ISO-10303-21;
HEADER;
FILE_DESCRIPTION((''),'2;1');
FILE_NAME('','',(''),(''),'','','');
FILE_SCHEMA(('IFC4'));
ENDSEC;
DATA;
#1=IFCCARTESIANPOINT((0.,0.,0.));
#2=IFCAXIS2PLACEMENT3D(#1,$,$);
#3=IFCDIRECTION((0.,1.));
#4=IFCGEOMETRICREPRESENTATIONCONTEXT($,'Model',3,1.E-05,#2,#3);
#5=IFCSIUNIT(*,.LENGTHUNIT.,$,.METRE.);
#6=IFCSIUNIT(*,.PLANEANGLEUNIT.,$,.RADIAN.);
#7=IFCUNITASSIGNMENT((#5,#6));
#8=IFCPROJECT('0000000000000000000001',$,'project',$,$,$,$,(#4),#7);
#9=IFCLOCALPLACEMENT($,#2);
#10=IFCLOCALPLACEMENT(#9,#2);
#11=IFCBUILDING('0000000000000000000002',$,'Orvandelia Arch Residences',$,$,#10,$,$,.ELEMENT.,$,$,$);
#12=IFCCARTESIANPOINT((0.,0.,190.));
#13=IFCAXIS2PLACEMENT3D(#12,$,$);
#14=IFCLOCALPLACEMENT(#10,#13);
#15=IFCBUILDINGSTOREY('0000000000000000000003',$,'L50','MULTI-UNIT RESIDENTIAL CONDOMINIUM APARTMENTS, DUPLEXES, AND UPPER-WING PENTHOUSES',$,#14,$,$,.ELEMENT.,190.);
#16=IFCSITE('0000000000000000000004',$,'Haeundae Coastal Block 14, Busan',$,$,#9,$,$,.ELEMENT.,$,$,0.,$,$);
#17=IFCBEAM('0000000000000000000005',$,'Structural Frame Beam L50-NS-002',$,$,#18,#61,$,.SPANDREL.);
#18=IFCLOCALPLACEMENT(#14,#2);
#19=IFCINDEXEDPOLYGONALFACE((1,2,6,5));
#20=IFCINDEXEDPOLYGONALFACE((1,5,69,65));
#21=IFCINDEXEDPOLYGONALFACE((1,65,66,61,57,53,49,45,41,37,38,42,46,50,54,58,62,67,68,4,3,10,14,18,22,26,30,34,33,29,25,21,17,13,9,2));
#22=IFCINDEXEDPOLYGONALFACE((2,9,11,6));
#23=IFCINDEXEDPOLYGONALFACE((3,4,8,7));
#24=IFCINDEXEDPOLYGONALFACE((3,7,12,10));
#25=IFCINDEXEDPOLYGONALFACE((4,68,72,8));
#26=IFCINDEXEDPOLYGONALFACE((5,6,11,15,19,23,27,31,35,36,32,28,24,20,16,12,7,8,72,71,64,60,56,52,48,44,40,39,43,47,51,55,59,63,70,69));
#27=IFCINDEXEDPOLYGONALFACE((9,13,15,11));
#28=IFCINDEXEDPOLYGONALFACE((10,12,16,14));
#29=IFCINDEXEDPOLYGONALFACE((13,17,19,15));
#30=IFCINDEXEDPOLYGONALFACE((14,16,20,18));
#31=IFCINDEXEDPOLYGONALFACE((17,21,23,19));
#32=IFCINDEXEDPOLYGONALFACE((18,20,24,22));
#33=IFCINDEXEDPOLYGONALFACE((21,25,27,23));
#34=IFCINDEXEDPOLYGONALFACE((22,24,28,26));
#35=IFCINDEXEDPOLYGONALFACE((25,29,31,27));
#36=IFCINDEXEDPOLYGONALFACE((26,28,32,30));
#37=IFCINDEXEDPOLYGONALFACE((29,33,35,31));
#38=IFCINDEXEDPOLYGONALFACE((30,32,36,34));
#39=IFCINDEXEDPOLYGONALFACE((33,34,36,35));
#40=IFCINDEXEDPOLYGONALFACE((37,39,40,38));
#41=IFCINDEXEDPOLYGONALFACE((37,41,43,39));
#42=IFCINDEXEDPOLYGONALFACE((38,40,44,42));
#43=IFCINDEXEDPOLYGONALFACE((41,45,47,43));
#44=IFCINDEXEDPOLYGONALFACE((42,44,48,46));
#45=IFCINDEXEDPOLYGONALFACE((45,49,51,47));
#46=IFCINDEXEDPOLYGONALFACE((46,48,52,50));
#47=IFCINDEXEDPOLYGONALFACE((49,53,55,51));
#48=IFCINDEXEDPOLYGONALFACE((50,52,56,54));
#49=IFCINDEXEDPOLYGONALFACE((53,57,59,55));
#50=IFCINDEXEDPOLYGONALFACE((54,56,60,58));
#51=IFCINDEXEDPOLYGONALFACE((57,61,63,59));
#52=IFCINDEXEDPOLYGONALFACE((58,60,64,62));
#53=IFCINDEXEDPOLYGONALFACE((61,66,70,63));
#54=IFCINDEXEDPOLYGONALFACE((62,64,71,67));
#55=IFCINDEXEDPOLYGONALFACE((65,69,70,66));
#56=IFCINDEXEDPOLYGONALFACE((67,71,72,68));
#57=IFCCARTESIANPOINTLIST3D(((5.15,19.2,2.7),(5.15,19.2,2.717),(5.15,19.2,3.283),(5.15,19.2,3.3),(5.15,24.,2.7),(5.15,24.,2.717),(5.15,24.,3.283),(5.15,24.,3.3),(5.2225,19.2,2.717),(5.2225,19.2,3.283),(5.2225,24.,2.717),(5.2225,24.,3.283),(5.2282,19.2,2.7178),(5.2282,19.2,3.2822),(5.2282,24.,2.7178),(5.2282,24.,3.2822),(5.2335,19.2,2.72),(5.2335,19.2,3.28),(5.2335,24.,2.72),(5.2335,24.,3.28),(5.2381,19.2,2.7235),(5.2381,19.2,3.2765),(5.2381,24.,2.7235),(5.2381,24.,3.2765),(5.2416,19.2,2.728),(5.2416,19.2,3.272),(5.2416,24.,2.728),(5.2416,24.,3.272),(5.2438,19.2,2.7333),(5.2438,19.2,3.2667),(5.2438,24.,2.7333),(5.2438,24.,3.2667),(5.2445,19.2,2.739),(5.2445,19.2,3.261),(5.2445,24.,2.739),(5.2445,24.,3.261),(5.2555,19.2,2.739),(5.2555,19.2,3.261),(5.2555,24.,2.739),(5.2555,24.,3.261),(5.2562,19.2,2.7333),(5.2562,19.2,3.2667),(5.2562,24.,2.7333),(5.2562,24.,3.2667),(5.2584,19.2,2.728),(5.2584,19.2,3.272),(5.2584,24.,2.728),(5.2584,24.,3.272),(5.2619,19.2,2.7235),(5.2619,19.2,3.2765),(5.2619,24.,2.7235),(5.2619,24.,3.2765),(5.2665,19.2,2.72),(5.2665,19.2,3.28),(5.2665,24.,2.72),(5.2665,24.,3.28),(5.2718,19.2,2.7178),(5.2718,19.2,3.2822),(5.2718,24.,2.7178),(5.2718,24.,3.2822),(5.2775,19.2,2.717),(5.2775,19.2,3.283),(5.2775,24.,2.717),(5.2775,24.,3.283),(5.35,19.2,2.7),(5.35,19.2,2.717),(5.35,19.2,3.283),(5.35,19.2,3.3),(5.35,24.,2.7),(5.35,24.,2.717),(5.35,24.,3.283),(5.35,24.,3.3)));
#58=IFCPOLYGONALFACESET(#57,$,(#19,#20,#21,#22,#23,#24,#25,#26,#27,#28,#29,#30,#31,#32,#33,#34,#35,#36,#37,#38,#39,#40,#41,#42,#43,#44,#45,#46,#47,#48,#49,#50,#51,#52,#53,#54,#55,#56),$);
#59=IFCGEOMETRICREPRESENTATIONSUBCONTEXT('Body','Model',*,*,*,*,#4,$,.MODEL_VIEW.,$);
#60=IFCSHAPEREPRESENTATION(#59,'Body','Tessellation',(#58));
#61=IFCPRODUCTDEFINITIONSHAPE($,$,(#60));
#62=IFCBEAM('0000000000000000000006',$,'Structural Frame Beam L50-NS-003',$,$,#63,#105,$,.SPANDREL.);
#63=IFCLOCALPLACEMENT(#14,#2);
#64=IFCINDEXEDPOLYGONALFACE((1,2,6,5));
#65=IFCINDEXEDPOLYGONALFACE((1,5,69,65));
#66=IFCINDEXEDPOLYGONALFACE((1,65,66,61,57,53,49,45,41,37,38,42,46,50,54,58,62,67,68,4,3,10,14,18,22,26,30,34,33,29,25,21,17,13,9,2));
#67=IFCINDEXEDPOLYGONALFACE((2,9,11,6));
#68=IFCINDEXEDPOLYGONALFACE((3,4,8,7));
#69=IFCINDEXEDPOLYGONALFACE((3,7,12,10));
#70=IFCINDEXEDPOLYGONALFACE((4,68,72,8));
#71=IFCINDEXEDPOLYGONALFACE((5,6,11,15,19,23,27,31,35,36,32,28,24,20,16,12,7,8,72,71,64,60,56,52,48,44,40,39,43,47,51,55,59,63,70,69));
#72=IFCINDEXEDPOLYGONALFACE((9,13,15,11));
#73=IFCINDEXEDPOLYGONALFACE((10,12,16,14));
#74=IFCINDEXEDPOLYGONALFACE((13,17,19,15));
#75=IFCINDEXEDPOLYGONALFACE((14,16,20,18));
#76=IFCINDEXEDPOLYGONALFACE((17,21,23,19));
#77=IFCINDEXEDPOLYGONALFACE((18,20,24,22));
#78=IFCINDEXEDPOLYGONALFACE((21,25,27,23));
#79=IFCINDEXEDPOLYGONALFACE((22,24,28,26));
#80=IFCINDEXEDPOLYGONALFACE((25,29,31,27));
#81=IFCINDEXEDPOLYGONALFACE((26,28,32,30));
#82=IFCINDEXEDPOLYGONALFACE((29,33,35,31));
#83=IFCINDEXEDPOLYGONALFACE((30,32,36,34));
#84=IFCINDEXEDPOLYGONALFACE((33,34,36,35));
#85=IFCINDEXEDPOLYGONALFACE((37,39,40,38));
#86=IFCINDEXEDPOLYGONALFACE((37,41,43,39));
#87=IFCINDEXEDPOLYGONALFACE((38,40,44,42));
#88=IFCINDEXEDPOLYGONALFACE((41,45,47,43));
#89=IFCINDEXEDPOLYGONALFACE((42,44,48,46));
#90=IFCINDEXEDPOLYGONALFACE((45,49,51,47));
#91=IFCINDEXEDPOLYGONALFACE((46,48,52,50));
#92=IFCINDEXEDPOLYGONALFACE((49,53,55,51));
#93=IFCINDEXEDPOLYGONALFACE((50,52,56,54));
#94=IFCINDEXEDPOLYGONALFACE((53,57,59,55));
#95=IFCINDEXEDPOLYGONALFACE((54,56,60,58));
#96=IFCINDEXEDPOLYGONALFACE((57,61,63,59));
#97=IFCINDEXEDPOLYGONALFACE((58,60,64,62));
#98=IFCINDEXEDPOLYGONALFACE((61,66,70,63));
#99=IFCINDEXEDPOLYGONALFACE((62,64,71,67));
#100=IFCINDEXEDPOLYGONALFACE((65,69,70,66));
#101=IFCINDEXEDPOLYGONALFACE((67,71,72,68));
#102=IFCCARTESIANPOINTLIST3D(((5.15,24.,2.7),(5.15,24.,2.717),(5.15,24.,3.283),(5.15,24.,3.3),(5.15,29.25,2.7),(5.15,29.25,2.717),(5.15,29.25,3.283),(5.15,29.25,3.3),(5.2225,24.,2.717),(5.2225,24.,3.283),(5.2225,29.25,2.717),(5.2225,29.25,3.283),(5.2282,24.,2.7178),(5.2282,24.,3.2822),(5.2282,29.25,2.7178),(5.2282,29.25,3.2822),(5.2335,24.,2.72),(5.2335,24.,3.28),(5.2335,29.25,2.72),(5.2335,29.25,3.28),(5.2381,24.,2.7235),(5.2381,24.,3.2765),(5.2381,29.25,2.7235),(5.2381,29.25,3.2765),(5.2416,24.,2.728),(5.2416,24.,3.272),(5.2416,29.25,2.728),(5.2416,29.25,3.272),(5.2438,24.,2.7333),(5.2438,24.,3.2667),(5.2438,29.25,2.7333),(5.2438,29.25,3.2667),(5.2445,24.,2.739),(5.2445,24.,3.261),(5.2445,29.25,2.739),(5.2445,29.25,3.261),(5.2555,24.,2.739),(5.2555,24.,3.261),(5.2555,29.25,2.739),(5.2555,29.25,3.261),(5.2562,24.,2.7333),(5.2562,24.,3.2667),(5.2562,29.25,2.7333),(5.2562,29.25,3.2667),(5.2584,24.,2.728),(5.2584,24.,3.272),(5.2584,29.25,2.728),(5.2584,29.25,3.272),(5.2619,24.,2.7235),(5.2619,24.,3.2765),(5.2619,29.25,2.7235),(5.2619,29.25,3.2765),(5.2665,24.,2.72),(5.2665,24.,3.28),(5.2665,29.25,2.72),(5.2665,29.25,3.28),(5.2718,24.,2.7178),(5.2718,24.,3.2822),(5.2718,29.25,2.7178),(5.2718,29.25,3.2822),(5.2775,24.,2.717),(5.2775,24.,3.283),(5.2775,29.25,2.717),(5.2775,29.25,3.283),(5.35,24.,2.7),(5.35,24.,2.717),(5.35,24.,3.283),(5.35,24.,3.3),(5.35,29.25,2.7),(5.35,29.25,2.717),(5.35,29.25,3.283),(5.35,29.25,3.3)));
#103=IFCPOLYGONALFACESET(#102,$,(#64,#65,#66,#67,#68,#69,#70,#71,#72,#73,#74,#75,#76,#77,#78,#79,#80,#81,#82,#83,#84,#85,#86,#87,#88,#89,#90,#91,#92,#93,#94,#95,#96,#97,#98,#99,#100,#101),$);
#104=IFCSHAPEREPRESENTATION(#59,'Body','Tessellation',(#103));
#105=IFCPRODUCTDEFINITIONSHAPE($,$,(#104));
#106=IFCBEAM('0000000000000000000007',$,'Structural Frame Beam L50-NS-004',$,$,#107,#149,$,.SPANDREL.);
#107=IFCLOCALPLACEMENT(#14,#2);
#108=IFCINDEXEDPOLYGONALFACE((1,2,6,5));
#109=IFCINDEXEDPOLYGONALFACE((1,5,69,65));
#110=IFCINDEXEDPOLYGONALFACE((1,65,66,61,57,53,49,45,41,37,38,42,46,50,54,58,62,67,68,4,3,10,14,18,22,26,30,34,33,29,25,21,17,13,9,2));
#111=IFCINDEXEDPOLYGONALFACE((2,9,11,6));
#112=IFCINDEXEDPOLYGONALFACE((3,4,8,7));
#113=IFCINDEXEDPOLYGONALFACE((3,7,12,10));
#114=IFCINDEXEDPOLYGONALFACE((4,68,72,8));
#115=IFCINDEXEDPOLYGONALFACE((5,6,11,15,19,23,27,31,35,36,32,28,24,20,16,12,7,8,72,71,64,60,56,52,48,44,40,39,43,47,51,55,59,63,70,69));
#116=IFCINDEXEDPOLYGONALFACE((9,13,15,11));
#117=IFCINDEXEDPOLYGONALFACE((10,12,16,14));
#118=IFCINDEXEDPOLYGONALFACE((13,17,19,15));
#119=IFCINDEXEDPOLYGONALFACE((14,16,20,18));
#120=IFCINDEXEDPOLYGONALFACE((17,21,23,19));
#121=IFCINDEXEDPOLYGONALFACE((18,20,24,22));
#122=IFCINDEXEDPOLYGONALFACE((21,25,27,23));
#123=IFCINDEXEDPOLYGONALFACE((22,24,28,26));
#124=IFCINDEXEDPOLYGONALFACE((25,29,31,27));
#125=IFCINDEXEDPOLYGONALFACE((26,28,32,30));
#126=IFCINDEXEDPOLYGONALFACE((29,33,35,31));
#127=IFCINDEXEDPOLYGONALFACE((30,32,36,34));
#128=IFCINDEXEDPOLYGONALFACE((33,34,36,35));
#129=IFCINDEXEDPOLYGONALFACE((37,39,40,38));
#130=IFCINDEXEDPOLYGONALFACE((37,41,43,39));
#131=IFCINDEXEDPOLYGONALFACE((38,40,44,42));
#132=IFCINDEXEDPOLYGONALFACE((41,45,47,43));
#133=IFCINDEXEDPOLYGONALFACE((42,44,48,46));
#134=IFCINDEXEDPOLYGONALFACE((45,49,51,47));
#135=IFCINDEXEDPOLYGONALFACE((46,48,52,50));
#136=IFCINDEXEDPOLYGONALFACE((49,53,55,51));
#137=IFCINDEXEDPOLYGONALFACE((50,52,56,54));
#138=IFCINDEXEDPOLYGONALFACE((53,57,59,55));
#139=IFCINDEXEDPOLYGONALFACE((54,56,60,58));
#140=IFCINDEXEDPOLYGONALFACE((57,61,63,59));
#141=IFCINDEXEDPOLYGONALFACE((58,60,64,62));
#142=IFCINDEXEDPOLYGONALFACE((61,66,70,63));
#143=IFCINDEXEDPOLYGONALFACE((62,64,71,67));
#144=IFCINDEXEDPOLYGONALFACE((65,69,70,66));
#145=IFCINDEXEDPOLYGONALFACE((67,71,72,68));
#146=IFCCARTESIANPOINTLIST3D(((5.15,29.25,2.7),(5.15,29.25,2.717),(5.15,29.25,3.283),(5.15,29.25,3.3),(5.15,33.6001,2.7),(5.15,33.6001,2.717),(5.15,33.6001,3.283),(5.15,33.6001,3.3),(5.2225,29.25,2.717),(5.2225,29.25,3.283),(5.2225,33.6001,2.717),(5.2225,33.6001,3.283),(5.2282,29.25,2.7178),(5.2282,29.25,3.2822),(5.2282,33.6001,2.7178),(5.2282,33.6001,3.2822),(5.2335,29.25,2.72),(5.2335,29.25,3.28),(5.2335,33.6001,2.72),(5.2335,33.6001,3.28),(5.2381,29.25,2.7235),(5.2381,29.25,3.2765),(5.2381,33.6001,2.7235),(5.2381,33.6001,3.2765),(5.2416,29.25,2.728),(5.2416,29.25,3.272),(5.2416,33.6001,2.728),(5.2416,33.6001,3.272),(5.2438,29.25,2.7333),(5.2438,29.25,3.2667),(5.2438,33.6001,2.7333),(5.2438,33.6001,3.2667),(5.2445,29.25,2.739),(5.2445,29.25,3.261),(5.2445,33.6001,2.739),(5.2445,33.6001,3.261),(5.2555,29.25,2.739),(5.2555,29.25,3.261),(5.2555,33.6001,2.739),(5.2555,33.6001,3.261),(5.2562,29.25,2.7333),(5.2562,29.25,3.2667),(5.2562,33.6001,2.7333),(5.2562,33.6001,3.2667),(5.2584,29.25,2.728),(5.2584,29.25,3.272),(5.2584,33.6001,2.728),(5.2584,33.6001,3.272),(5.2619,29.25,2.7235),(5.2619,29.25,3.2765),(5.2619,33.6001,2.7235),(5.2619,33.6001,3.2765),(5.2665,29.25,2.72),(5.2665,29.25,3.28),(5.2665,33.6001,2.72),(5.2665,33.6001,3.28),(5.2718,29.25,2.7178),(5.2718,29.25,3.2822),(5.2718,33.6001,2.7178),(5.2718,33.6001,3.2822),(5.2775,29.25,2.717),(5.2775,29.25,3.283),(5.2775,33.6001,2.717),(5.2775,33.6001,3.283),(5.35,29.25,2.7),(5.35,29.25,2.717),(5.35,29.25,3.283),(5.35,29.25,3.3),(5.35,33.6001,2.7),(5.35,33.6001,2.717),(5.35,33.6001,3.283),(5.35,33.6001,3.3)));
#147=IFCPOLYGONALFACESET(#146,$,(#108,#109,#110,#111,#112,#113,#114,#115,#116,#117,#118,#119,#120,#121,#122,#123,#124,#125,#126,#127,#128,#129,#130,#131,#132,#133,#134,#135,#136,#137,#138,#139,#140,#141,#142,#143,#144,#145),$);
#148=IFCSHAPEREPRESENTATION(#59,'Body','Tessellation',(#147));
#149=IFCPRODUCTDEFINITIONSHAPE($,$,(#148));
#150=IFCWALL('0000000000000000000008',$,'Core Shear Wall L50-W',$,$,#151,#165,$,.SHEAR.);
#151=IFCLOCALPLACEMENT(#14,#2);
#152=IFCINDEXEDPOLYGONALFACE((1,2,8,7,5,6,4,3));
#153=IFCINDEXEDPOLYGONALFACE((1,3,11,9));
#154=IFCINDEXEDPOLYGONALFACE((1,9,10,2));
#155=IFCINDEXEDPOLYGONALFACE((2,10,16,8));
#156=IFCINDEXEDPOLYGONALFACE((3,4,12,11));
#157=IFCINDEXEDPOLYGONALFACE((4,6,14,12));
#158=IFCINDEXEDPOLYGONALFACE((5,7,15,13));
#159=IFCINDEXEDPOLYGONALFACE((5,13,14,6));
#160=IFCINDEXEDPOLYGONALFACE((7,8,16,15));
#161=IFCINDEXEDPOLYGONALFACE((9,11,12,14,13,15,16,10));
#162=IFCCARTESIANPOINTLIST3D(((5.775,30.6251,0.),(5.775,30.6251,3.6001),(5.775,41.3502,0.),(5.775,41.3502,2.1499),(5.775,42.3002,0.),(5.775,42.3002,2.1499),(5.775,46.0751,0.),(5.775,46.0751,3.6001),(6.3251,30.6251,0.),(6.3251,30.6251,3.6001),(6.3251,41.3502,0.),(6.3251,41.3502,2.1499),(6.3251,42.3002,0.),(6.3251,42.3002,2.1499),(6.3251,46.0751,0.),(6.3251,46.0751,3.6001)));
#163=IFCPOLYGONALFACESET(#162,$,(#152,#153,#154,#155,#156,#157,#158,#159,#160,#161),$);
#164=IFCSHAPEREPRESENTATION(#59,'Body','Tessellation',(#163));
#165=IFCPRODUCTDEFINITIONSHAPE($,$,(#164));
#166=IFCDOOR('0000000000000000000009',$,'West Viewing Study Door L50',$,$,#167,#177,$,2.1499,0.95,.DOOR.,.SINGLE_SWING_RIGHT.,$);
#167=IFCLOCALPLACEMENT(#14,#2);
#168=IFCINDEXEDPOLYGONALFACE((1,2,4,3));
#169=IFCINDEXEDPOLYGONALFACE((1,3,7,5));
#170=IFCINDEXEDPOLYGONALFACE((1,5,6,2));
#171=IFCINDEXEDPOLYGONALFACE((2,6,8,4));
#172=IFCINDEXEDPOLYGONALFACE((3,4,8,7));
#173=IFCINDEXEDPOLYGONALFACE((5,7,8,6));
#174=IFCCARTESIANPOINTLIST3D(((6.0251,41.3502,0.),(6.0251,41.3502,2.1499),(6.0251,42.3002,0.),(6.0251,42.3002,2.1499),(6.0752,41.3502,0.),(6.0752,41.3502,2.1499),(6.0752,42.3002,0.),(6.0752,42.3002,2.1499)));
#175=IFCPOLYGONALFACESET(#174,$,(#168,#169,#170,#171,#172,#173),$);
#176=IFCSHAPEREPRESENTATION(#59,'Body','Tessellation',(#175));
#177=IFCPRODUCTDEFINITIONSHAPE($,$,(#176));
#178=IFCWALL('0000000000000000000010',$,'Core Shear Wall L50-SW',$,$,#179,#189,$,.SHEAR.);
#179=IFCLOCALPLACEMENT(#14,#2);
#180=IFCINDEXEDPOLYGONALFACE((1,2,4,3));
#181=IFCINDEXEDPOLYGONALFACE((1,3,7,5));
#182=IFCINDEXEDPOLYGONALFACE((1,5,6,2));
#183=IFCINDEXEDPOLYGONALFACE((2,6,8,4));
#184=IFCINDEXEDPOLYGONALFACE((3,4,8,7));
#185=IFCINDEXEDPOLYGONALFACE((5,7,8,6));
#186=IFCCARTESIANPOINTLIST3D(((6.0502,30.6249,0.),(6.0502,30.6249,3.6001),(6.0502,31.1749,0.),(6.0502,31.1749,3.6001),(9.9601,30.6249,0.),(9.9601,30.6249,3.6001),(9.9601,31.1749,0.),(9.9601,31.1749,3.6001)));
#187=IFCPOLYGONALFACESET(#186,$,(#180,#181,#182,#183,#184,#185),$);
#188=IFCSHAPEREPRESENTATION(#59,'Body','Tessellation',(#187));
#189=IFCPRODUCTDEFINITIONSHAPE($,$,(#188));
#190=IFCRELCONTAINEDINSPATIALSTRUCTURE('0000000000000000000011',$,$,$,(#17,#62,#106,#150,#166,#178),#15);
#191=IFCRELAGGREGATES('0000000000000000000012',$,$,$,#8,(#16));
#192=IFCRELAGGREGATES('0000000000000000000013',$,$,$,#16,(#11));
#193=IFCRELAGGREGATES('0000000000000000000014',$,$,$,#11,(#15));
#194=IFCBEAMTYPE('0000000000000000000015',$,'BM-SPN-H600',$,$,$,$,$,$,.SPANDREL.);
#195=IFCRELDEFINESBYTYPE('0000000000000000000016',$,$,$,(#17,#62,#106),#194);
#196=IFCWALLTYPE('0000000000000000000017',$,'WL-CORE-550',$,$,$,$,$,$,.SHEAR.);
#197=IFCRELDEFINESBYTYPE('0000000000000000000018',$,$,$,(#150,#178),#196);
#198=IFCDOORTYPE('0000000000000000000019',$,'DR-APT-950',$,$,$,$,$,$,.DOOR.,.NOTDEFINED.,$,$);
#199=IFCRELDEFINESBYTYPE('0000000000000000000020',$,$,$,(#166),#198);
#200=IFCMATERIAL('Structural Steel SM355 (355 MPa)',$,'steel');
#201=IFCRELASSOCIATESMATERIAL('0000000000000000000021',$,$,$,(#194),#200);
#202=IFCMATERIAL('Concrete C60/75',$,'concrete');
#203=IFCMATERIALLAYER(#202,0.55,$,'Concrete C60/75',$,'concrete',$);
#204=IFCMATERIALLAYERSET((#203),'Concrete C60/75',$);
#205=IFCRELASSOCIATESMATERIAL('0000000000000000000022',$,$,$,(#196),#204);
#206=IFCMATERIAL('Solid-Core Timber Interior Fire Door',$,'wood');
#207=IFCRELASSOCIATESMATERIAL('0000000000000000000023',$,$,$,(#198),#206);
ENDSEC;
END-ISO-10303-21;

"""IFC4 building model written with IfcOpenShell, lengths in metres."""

from ifc_helpers import new_model, si_unit, direction, frame, frame_2d, origin, origin_2d, place, context, subcontext, project, spatial, rectangle, i_section, extrude, material, layer, layer_set, material_profile, profile_set, type_object, element, fill, save


model = new_model("IFC4")

# Units and contexts
model_context = context("Model", 3, precision=1e-05, world=origin(), true_north=direction((0.0, 1.0)))
body_context = subcontext(model_context, "Body", "Model", "MODEL_VIEW")
ifc_project = project(units=[si_unit("LENGTHUNIT", "METRE"), si_unit("PLANEANGLEUNIT", "RADIAN")], contexts=[model_context])

# Site, building, storey
site_placement = place(None, origin())
site = spatial("IfcSite", under=ifc_project, at=site_placement, Name="Haeundae Coastal Block 14, Busan", CompositionType="ELEMENT", RefElevation=0.0)
building_placement = place(site_placement, origin())
building = spatial("IfcBuilding", under=site, at=building_placement, Name="Orvandelia Arch Residences", CompositionType="ELEMENT")
storey_placement = place(building_placement, frame((0.0, 0.0, 190.0)))
storey = spatial("IfcBuildingStorey", under=building, at=storey_placement, Name="L50", Description="MULTI-UNIT RESIDENTIAL CONDOMINIUM APARTMENTS, DUPLEXES, AND UPPER-WING PENTHOUSES", CompositionType="ELEMENT", Elevation=190.0)

# Shared definitions
ifc_material_1 = material(Name="Concrete C60/75", Category="concrete")

# Beams
ifc_material_2 = material(Name="Structural Steel SM355 (355 MPa)", Category="steel")
ifc_material_profile_1 = material_profile(ifc_material_2, i_section(OverallWidth=0.2, OverallDepth=0.6001, WebThickness=0.011, FlangeThickness=0.0171, FilletRadius=0.022, at=origin_2d()), Name="Structural Steel SM355 (355 MPa)", Category="steel")
ifc_profile_set_1 = profile_set([ifc_material_profile_1], Name="Structural Steel SM355 (355 MPa)")
beam_type_1 = type_object("IfcBeamType", Name="BM-SPN-H600", PredefinedType="SPANDREL", material=ifc_profile_set_1)
beam_1_placement = place(storey_placement, frame((5.25, 19.2, 3.0), z_axis=(0.0, 1.0, 0.0), x_axis=(-1.0, 0.0, 0.0)))
element("IfcBeam", 1, at=beam_1_placement, inside=storey, type_object=beam_type_1, Name="Structural Frame Beam L50-NS-002", PredefinedType="SPANDREL", context=body_context, shape_type="SweptSolid", body=[
    extrude(i_section(OverallWidth=0.2, OverallDepth=0.6001, WebThickness=0.011, FlangeThickness=0.0171, FilletRadius=0.022, at=origin_2d()), origin(), (0.0, 0.0, 1.0), 4.8),
])
beam_2_placement = place(storey_placement, frame((5.25, 24.0, 3.0), z_axis=(0.0, 1.0, 0.0), x_axis=(-1.0, 0.0, 0.0)))
element("IfcBeam", 2, at=beam_2_placement, inside=storey, type_object=beam_type_1, Name="Structural Frame Beam L50-NS-003", PredefinedType="SPANDREL", context=body_context, shape_type="SweptSolid", body=[
    extrude(i_section(OverallWidth=0.2, OverallDepth=0.6001, WebThickness=0.011, FlangeThickness=0.0171, FilletRadius=0.022, at=origin_2d()), origin(), (0.0, 0.0, 1.0), 5.25),
])
beam_3_placement = place(storey_placement, frame((5.25, 29.25, 3.0), z_axis=(0.0, 1.0, 0.0), x_axis=(-1.0, 0.0, 0.0)))
element("IfcBeam", 3, at=beam_3_placement, inside=storey, type_object=beam_type_1, Name="Structural Frame Beam L50-NS-004", PredefinedType="SPANDREL", context=body_context, shape_type="SweptSolid", body=[
    extrude(i_section(OverallWidth=0.2, OverallDepth=0.6001, WebThickness=0.011, FlangeThickness=0.0171, FilletRadius=0.022, at=origin_2d()), origin(), (0.0, 0.0, 1.0), 4.3501),
])

# Wall, opening, door
ifc_layer_1 = layer(ifc_material_1, 0.55, Name="Concrete C60/75", Category="concrete")
ifc_layer_set_1 = layer_set([ifc_layer_1], Name="Concrete C60/75")
wall_type_1 = type_object("IfcWallType", Name="WL-CORE-550", PredefinedType="SHEAR", material=ifc_layer_set_1)
wall_1_placement = place(storey_placement, frame((6.05, 30.625, 0.0), z_axis=(0.0, 0.0, 1.0), x_axis=(0.0, 1.0, 0.0)))
wall_1 = element("IfcWall", 4, at=wall_1_placement, inside=storey, type_object=wall_type_1, Name="Core Shear Wall L50-W", PredefinedType="SHEAR", context=body_context, shape_type="SweptSolid", body=[
    extrude(rectangle(XDim=15.45, YDim=0.55, at=frame_2d((7.7251, 0.0))), origin(), (0.0, 0.0, 1.0), 3.6001),
])
opening_placement = place(wall_1_placement, frame((10.7251, 0.0, 0.0)))
opening = element("IfcOpeningElement", 5, at=opening_placement, cuts=wall_1, PredefinedType="OPENING", context=body_context, shape_type="SweptSolid", body=[
    extrude(rectangle(XDim=0.95, YDim=2.1499, at=frame_2d((0.4751, 1.075))), frame((0.0, 0.2852, 0.0), z_axis=(0.0, -1.0, 0.0), x_axis=(1.0, 0.0, 0.0)), (0.0, 0.0, 1.0), 0.5701),
])
ifc_material_3 = material(Name="Solid-Core Timber Interior Fire Door", Category="wood")
door_type = type_object("IfcDoorType", Name="DR-APT-950", OperationType="NOTDEFINED", PredefinedType="DOOR", material=ifc_material_3)
door_placement = place(opening_placement, origin())
door = element("IfcDoor", 6, at=door_placement, inside=storey, type_object=door_type, Name="West Viewing Study Door L50", OperationType="SINGLE_SWING_RIGHT", OverallHeight=2.1499, OverallWidth=0.95, PredefinedType="DOOR", context=body_context, shape_type="SweptSolid", body=[
    extrude(rectangle(XDim=0.95, YDim=2.1499, at=frame_2d((0.4751, 1.075))), frame((0.0, 0.0249, 0.0), z_axis=(0.0, -1.0, 0.0), x_axis=(1.0, 0.0, 0.0)), (0.0, 0.0, 1.0), 0.05),
])
fill(opening, door)

# Wall
wall_2_placement = place(storey_placement, frame((6.05, 30.8999, 0.0), z_axis=(0.0, 0.0, 1.0), x_axis=(1.0, 0.0, 0.0)))
element("IfcWall", 7, at=wall_2_placement, inside=storey, type_object=wall_type_1, Name="Core Shear Wall L50-SW", PredefinedType="SHEAR", context=body_context, shape_type="SweptSolid", body=[
    extrude(rectangle(XDim=3.9099, YDim=0.55, at=frame_2d((1.9551, 0.0))), origin(), (0.0, 0.0, 1.0), 3.6001),
])

save(model, "model.ifc")
